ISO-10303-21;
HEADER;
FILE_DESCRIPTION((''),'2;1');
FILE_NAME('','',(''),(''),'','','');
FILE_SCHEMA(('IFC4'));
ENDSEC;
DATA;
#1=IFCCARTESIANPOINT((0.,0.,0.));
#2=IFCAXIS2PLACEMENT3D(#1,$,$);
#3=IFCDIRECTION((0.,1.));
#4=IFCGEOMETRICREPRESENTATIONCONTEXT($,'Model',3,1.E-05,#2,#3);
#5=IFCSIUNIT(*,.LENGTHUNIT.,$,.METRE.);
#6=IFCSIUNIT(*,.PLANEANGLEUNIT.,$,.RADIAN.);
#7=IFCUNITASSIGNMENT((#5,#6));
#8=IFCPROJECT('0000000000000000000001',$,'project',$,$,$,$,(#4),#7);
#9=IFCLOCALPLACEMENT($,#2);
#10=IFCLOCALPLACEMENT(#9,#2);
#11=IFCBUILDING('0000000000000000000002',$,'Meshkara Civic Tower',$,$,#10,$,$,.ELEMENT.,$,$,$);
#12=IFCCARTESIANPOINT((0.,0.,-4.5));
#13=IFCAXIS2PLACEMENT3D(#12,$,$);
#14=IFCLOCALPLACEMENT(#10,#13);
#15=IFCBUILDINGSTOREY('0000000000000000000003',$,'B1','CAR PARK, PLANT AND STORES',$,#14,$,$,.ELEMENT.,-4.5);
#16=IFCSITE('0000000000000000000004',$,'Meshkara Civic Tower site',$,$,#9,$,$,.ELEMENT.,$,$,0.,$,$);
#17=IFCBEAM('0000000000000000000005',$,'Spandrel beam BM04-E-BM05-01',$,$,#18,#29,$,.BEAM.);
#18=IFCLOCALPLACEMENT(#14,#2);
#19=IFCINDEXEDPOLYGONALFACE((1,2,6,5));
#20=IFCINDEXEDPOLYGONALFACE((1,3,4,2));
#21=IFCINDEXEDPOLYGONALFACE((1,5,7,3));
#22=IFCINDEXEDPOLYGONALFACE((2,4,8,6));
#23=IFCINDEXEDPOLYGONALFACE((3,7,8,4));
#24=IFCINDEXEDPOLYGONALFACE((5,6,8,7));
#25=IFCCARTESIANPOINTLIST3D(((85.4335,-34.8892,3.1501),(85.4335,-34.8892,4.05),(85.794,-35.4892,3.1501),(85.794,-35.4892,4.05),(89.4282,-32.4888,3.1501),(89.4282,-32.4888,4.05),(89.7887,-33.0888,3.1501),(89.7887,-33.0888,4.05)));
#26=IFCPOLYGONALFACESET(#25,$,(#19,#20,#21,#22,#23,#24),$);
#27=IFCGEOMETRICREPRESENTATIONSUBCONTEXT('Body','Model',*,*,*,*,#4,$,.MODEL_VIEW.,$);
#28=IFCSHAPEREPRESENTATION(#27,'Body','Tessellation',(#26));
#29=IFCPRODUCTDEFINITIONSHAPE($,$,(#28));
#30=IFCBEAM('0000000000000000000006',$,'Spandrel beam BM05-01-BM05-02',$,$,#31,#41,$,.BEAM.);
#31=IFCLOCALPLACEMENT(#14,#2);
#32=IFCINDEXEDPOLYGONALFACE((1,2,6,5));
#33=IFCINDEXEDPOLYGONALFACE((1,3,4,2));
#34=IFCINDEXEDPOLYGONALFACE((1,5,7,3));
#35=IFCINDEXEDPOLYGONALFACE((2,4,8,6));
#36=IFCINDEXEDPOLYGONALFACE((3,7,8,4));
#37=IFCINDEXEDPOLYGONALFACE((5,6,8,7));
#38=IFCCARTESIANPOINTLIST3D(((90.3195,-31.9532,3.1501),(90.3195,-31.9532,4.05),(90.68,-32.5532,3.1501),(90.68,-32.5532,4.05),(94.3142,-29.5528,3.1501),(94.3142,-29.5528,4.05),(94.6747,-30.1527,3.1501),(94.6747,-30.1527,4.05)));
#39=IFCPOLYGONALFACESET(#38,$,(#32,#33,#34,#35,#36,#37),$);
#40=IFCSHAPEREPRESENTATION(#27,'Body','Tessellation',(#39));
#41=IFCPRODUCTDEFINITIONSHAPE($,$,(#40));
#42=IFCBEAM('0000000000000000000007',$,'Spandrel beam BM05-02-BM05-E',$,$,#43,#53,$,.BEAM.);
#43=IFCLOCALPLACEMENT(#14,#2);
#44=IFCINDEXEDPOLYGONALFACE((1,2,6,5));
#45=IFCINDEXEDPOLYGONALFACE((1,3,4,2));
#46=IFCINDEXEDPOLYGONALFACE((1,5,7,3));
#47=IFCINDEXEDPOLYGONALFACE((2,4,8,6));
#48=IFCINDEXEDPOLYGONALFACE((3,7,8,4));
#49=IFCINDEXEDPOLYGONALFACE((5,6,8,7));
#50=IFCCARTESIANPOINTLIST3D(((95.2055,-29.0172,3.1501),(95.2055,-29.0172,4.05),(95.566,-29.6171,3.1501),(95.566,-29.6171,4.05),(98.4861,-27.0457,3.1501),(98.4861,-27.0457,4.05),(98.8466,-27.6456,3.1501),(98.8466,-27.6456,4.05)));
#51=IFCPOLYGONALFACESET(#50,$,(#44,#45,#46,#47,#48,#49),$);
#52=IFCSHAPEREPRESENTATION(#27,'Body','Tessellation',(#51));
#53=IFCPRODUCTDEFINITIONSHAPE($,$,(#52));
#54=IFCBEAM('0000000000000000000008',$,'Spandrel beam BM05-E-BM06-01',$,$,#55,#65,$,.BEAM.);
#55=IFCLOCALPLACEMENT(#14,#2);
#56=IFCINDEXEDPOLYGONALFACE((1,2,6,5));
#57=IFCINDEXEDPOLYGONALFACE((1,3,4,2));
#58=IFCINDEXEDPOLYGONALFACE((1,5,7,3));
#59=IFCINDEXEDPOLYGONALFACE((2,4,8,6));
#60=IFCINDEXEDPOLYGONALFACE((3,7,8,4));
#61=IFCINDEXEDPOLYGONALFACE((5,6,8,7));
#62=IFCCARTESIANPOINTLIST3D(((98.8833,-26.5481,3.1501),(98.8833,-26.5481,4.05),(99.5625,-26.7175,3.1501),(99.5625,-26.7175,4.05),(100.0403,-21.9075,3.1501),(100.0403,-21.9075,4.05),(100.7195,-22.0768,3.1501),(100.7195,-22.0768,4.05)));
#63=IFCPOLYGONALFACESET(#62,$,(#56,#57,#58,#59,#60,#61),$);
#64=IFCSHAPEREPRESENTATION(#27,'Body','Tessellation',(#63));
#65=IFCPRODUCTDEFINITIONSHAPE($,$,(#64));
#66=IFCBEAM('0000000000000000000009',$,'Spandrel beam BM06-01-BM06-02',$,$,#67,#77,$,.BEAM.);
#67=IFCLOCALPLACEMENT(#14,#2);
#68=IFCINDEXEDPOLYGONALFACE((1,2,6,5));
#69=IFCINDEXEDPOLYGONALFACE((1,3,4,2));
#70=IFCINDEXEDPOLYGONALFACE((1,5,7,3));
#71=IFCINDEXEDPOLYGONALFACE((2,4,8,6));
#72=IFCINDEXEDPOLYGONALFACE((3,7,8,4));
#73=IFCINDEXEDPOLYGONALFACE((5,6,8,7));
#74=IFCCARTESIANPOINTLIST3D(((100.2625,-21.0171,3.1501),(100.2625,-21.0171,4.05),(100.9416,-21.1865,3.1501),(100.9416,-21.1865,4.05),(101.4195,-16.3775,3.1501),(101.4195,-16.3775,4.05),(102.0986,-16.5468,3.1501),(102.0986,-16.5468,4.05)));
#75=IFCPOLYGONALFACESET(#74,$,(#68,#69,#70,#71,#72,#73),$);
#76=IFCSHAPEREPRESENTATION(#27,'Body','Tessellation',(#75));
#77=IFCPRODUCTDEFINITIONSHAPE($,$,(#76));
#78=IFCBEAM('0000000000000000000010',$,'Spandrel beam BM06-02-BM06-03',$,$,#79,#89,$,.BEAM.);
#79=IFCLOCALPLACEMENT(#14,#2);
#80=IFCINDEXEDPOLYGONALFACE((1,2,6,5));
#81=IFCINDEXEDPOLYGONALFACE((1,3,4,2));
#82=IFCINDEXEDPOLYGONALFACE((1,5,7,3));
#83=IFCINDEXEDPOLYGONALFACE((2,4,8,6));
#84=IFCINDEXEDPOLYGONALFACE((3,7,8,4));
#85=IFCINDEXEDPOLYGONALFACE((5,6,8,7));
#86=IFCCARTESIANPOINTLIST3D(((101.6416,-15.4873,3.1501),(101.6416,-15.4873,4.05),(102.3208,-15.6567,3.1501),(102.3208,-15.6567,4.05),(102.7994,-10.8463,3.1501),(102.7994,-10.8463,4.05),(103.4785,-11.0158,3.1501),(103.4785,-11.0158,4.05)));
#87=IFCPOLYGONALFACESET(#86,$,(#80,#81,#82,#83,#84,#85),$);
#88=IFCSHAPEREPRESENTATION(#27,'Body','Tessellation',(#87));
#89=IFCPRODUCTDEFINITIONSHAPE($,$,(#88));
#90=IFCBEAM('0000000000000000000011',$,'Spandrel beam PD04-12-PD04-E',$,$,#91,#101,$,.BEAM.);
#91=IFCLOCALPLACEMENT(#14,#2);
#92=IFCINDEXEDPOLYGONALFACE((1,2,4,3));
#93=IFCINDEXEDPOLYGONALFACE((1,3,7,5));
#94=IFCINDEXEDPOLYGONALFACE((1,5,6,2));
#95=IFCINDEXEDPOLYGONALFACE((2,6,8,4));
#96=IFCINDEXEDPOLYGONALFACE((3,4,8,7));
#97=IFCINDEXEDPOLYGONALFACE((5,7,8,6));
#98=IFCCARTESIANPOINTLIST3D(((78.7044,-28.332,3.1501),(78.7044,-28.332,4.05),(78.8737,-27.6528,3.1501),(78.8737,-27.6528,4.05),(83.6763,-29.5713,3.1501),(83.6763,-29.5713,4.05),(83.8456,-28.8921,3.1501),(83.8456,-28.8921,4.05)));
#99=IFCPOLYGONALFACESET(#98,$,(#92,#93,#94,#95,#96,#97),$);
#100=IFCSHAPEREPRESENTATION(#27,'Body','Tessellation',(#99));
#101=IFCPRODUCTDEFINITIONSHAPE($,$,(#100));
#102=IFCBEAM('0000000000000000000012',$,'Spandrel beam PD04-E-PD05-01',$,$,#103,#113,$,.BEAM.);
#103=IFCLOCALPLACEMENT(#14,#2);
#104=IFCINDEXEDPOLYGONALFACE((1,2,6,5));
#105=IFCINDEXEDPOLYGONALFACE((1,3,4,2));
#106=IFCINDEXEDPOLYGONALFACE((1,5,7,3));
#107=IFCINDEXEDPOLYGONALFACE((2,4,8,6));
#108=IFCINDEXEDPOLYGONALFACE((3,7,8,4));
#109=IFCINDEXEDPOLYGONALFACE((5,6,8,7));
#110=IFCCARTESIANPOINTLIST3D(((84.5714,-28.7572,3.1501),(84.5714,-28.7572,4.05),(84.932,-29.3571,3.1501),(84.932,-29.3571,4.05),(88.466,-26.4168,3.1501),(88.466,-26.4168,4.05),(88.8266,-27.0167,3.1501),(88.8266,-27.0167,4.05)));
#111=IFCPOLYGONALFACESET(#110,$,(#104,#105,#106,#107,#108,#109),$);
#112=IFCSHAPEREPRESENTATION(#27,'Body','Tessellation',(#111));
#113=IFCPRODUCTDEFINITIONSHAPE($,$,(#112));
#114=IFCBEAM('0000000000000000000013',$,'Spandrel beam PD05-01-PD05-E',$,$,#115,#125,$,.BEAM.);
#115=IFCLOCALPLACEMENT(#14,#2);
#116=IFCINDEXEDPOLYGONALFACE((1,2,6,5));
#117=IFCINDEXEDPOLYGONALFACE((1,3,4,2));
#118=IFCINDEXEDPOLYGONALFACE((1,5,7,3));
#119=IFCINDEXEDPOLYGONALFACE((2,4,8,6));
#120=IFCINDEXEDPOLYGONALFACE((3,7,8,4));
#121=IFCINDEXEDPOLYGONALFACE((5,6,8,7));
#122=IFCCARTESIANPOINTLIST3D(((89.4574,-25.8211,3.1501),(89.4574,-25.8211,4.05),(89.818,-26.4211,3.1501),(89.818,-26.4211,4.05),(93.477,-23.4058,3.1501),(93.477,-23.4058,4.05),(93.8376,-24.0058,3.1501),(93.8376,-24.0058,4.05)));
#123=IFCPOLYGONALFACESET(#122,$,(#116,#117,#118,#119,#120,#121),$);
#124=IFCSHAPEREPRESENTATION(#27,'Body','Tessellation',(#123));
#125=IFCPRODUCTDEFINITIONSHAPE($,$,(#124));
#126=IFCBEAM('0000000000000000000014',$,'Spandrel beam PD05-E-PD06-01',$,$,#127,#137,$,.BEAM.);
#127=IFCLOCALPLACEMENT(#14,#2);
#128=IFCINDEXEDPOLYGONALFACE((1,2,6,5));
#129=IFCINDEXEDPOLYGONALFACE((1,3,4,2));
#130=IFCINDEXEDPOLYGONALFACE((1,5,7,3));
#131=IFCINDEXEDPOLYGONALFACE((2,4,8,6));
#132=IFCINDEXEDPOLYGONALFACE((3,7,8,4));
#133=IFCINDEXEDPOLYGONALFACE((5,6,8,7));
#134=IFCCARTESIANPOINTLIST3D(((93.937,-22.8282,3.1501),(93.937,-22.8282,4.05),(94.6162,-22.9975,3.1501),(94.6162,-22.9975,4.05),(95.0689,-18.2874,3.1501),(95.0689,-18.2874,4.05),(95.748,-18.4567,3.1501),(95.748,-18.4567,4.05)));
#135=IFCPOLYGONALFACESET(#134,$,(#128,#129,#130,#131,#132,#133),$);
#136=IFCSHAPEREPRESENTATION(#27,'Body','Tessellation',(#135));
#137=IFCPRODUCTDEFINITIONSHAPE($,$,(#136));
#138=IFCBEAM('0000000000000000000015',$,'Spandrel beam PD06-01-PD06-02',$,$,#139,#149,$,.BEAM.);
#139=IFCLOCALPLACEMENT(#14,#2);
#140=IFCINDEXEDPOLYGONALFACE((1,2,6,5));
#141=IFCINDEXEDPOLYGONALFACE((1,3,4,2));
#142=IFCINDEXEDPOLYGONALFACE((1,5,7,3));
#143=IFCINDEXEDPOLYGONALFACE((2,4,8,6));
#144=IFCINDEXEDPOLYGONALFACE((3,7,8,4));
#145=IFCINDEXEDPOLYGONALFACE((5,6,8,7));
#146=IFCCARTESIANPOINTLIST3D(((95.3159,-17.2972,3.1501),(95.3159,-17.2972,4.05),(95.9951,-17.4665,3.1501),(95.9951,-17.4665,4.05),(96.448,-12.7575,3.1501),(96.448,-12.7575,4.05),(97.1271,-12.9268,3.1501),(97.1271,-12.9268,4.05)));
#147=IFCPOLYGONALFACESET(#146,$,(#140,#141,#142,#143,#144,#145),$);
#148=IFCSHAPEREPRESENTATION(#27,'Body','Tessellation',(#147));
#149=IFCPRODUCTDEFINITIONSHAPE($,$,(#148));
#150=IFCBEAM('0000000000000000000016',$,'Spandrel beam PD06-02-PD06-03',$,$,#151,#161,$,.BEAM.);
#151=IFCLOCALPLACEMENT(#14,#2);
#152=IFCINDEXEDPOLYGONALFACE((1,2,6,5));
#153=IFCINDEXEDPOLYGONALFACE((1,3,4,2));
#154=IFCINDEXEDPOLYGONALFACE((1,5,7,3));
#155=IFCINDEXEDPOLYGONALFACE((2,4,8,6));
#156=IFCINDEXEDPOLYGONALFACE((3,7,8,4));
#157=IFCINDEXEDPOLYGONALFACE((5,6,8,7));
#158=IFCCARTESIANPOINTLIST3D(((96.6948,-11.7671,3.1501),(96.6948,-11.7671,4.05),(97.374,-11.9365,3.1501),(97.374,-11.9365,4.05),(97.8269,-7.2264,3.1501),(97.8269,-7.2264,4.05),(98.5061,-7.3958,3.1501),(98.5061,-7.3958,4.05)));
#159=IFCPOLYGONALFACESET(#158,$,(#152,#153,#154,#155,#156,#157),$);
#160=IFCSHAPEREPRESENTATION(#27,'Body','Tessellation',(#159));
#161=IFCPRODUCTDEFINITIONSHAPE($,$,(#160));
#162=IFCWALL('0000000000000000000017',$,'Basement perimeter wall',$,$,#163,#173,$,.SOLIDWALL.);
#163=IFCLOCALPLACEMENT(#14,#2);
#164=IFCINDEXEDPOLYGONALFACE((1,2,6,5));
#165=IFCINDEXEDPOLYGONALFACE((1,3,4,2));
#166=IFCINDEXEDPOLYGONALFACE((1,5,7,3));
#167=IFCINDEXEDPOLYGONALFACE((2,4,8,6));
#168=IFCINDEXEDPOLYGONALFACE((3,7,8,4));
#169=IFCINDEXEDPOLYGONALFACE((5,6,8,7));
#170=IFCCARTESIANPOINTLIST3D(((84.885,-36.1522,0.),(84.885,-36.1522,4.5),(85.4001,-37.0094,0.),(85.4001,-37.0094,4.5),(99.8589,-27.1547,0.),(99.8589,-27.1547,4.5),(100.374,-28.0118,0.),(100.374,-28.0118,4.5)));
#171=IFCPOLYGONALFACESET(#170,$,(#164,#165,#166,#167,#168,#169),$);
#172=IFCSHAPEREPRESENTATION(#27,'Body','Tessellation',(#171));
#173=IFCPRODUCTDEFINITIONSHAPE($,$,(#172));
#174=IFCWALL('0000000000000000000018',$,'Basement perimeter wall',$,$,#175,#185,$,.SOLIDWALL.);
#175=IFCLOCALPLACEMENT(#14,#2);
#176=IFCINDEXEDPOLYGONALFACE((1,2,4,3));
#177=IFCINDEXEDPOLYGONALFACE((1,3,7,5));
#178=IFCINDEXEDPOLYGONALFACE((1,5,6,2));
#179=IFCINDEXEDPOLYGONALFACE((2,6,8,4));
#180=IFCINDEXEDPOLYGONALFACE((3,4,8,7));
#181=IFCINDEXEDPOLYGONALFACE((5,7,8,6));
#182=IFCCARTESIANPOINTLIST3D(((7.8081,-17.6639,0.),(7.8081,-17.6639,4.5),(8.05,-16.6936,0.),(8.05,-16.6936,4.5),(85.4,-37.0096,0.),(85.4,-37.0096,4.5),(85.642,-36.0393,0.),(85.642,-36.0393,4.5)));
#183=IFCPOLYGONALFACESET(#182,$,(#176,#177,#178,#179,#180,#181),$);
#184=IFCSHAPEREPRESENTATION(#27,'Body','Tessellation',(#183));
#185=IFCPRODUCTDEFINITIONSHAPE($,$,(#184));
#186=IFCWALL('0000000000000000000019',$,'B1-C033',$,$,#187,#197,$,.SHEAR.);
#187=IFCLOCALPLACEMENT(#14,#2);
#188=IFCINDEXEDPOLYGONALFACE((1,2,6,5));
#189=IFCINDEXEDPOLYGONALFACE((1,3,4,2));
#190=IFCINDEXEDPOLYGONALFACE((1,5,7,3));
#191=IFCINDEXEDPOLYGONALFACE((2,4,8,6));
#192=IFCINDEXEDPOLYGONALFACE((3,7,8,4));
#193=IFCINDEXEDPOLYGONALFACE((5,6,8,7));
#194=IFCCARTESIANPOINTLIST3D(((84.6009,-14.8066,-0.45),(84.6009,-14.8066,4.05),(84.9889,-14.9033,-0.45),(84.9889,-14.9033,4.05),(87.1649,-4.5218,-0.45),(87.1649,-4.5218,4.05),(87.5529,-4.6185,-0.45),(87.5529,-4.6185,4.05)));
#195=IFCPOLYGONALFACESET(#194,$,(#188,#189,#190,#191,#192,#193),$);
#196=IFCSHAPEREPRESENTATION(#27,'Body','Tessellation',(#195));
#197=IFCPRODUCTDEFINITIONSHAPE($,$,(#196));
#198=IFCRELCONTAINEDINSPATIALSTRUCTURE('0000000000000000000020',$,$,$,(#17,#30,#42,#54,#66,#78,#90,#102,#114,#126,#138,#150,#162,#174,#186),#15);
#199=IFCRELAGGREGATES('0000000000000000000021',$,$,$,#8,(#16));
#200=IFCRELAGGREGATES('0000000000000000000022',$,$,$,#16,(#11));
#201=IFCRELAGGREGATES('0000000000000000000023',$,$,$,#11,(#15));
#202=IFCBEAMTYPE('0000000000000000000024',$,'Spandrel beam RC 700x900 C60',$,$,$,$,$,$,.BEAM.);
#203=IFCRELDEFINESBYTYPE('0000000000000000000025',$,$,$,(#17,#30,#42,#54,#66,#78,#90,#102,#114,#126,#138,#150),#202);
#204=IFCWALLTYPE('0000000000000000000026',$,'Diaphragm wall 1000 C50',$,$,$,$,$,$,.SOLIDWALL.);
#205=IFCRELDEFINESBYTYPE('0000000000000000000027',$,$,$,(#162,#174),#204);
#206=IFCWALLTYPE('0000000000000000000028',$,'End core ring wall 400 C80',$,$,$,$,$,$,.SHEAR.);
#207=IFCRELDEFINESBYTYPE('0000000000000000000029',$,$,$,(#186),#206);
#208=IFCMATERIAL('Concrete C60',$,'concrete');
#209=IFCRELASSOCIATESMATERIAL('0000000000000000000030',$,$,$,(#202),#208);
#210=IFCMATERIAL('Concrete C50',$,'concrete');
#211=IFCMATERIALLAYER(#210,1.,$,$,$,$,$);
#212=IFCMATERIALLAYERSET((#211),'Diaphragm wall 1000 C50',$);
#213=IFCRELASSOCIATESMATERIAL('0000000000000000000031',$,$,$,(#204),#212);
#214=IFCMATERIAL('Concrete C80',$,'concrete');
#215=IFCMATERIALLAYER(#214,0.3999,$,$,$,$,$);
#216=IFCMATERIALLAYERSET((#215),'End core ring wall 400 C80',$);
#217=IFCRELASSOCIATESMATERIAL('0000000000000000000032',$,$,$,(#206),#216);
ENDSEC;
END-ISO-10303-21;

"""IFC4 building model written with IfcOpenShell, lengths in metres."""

from ifc_helpers import new_model, si_unit, direction, frame, frame_2d, origin, origin_2d, place, context, subcontext, project, spatial, rectangle, extrude, material, layer, layer_set, material_profile, profile_set, type_object, element, save


model = new_model("IFC4")

# Units and contexts
model_context = context("Model", 3, precision=1e-05, world=origin(), true_north=direction((0.0, 1.0)))
body_context = subcontext(model_context, "Body", "Model", "MODEL_VIEW")
ifc_project = project(units=[si_unit("LENGTHUNIT", "METRE"), si_unit("PLANEANGLEUNIT", "RADIAN")], contexts=[model_context])

# Site, building, storey
site_placement = place(None, origin())
site = spatial("IfcSite", under=ifc_project, at=site_placement, Name="Meshkara Civic Tower site", CompositionType="ELEMENT", RefElevation=0.0)
building_placement = place(site_placement, origin())
building = spatial("IfcBuilding", under=site, at=building_placement, Name="Meshkara Civic Tower", CompositionType="ELEMENT")
storey_placement = place(building_placement, frame((0.0, 0.0, -4.5)))
storey = spatial("IfcBuildingStorey", under=building, at=storey_placement, Name="B1", Description="CAR PARK, PLANT AND STORES", CompositionType="ELEMENT", Elevation=-4.5)

# Beams
ifc_material_1 = material(Name="Concrete C60", Category="concrete")
ifc_material_profile_1 = material_profile(ifc_material_1, rectangle(XDim=0.7, YDim=0.8999, at=origin_2d()))
ifc_profile_set_1 = profile_set([ifc_material_profile_1], Name="Concrete C60")
beam_type = type_object("IfcBeamType", Name="Spandrel beam RC 700x900 C60", PredefinedType="BEAM", material=ifc_profile_set_1)
for number, where, z_axis, x_axis, name in (
    (1, (85.6138, -35.1892, 3.6001), (0.857151, 0.515066, 0.0), (-0.515066, 0.857151, 0.0), "Spandrel beam BM04-E-BM05-01"),
    (2, (90.4998, -32.2532, 3.6001), (0.857151, 0.515066, 0.0), (-0.515066, 0.857151, 0.0), "Spandrel beam BM05-01-BM05-02"),
):
    element("IfcBeam", number, at=place(storey_placement, frame(where, z_axis=z_axis, x_axis=x_axis)), inside=storey, type_object=beam_type, Name=name, PredefinedType="BEAM", context=body_context, shape_type="SweptSolid", body=[
        extrude(rectangle(XDim=0.7, YDim=0.8999, at=origin_2d()), origin(), (0.0, 0.0, 1.0), 4.6604),
    ])
beam_1_placement = place(storey_placement, frame((95.3857, -29.3171, 3.6001), z_axis=(0.857132, 0.515096, 0.0), x_axis=(-0.515096, 0.857132, 0.0)))
element("IfcBeam", 3, at=beam_1_placement, inside=storey, type_object=beam_type, Name="Spandrel beam BM05-02-BM05-E", PredefinedType="BEAM", context=body_context, shape_type="SweptSolid", body=[
    extrude(rectangle(XDim=0.7, YDim=0.8999, at=origin_2d()), origin(), (0.0, 0.0, 1.0), 3.8274),
])
beam_2_placement = place(storey_placement, frame((99.2229, -26.6328, 3.6001), z_axis=(0.241911, 0.970298, 0.0), x_axis=(-0.970298, 0.241911, 0.0)))
element("IfcBeam", 4, at=beam_2_placement, inside=storey, type_object=beam_type, Name="Spandrel beam BM05-E-BM06-01", PredefinedType="BEAM", context=body_context, shape_type="SweptSolid", body=[
    extrude(rectangle(XDim=0.7, YDim=0.8999, at=origin_2d()), origin(), (0.0, 0.0, 1.0), 4.7827),
])
beam_3_placement = place(storey_placement, frame((100.6021, -21.1018, 3.6001), z_axis=(0.241959, 0.970286, 0.0), x_axis=(-0.970286, 0.241959, 0.0)))
element("IfcBeam", 5, at=beam_3_placement, inside=storey, type_object=beam_type, Name="Spandrel beam BM06-01-BM06-02", PredefinedType="BEAM", context=body_context, shape_type="SweptSolid", body=[
    extrude(rectangle(XDim=0.7, YDim=0.8999, at=origin_2d()), origin(), (0.0, 0.0, 1.0), 4.7817),
])
beam_4_placement = place(storey_placement, frame((101.9812, -15.572, 3.6001), z_axis=(0.242043, 0.970265, 0.0), x_axis=(-0.970265, 0.242043, 0.0)))
element("IfcBeam", 6, at=beam_4_placement, inside=storey, type_object=beam_type, Name="Spandrel beam BM06-02-BM06-03", PredefinedType="BEAM", context=body_context, shape_type="SweptSolid", body=[
    extrude(rectangle(XDim=0.7, YDim=0.8999, at=origin_2d()), origin(), (0.0, 0.0, 1.0), 4.7832),
])
beam_5_placement = place(storey_placement, frame((78.7891, -27.9924, 3.6001), z_axis=(0.970313, -0.241852, 0.0), x_axis=(0.241852, 0.970313, 0.0)))
element("IfcBeam", 7, at=beam_5_placement, inside=storey, type_object=beam_type, Name="Spandrel beam PD04-12-PD04-E", PredefinedType="BEAM", context=body_context, shape_type="SweptSolid", body=[
    extrude(rectangle(XDim=0.7, YDim=0.8999, at=origin_2d()), origin(), (0.0, 0.0, 1.0), 5.124),
])
beam_6_placement = place(storey_placement, frame((84.7517, -29.0571, 3.6001), z_axis=(0.857142, 0.51508, 0.0), x_axis=(-0.51508, 0.857142, 0.0)))
element("IfcBeam", 8, at=beam_6_placement, inside=storey, type_object=beam_type, Name="Spandrel beam PD04-E-PD05-01", PredefinedType="BEAM", context=body_context, shape_type="SweptSolid", body=[
    extrude(rectangle(XDim=0.7, YDim=0.8999, at=origin_2d()), origin(), (0.0, 0.0, 1.0), 4.5437),
])
beam_7_placement = place(storey_placement, frame((89.6377, -26.1211, 3.6001), z_axis=(0.857157, 0.515055, 0.0), x_axis=(-0.515055, 0.857157, 0.0)))
element("IfcBeam", 9, at=beam_7_placement, inside=storey, type_object=beam_type, Name="Spandrel beam PD05-01-PD05-E", PredefinedType="BEAM", context=body_context, shape_type="SweptSolid", body=[
    extrude(rectangle(XDim=0.7, YDim=0.8999, at=origin_2d()), origin(), (0.0, 0.0, 1.0), 4.6895),
])
beam_8_placement = place(storey_placement, frame((94.2766, -22.9128, 3.6001), z_axis=(0.24186, 0.970311, 0.0), x_axis=(-0.970311, 0.24186, 0.0)))
element("IfcBeam", 10, at=beam_8_placement, inside=storey, type_object=beam_type, Name="Spandrel beam PD05-E-PD06-01", PredefinedType="BEAM", context=body_context, shape_type="SweptSolid", body=[
    extrude(rectangle(XDim=0.7, YDim=0.8999, at=origin_2d()), origin(), (0.0, 0.0, 1.0), 4.6797),
])
beam_9_placement = place(storey_placement, frame((95.6555, -17.3818, 3.6001), z_axis=(0.241959, 0.970287, 0.0), x_axis=(-0.970287, 0.241959, 0.0)))
element("IfcBeam", 11, at=beam_9_placement, inside=storey, type_object=beam_type, Name="Spandrel beam PD06-01-PD06-02", PredefinedType="BEAM", context=body_context, shape_type="SweptSolid", body=[
    extrude(rectangle(XDim=0.7, YDim=0.8999, at=origin_2d()), origin(), (0.0, 0.0, 1.0), 4.6787),
])
beam_10_placement = place(storey_placement, frame((97.0344, -11.8518, 3.6001), z_axis=(0.24191, 0.970299, 0.0), x_axis=(-0.970299, 0.24191, 0.0)))
element("IfcBeam", 12, at=beam_10_placement, inside=storey, type_object=beam_type, Name="Spandrel beam PD06-02-PD06-03", PredefinedType="BEAM", context=body_context, shape_type="SweptSolid", body=[
    extrude(rectangle(XDim=0.7, YDim=0.8999, at=origin_2d()), origin(), (0.0, 0.0, 1.0), 4.6797),
])

# Walls
ifc_material_2 = material(Name="Concrete C50", Category="concrete")
ifc_layer_1 = layer(ifc_material_2, 1.0)
ifc_layer_set_1 = layer_set([ifc_layer_1], Name="Diaphragm wall 1000 C50")
wall_type_1 = type_object("IfcWallType", Name="Diaphragm wall 1000 C50", PredefinedType="SOLIDWALL", material=ifc_layer_set_1)
wall_1_placement = place(storey_placement, frame((100.1165, -27.5833, 0.0), z_axis=(0.0, 0.0, 1.0), x_axis=(-0.857159, -0.515053, 0.0)))
element("IfcWall", 13, at=wall_1_placement, inside=storey, type_object=wall_type_1, Name="Basement perimeter wall", PredefinedType="SOLIDWALL", context=body_context, shape_type="SweptSolid", body=[
    extrude(rectangle(XDim=17.4692, YDim=1.0, at=frame_2d((8.7346, 0.0))), origin(), (0.0, 0.0, 1.0), 4.5),
])
wall_2_placement = place(storey_placement, frame((85.521, -36.5244, 0.0), z_axis=(0.0, 0.0, 1.0), x_axis=(-0.970296, 0.24192, 0.0)))
element("IfcWall", 14, at=wall_2_placement, inside=storey, type_object=wall_type_1, Name="Basement perimeter wall", PredefinedType="SOLIDWALL", context=body_context, shape_type="SweptSolid", body=[
    extrude(rectangle(XDim=79.9673, YDim=1.0, at=frame_2d((39.9836, 0.0))), origin(), (0.0, 0.0, 1.0), 4.5),
])
ifc_material_3 = material(Name="Concrete C80", Category="concrete")
ifc_layer_2 = layer(ifc_material_3, 0.3999)
ifc_layer_set_2 = layer_set([ifc_layer_2], Name="End core ring wall 400 C80")
wall_type_2 = type_object("IfcWallType", Name="End core ring wall 400 C80", PredefinedType="SHEAR", material=ifc_layer_set_2)
wall_3_placement = place(storey_placement, frame((84.7949, -14.855, -0.45), z_axis=(0.0, 0.0, 1.0), x_axis=(0.241891, 0.970304, 0.0)))
element("IfcWall", 15, at=wall_3_placement, inside=storey, type_object=wall_type_2, Name="B1-C033", PredefinedType="SHEAR", context=body_context, shape_type="SweptSolid", body=[
    extrude(rectangle(XDim=10.5996, YDim=0.3999, at=frame_2d((5.2998, 0.0))), origin(), (0.0, 0.0, 1.0), 4.5),
])

save(model, "model.ifc")
